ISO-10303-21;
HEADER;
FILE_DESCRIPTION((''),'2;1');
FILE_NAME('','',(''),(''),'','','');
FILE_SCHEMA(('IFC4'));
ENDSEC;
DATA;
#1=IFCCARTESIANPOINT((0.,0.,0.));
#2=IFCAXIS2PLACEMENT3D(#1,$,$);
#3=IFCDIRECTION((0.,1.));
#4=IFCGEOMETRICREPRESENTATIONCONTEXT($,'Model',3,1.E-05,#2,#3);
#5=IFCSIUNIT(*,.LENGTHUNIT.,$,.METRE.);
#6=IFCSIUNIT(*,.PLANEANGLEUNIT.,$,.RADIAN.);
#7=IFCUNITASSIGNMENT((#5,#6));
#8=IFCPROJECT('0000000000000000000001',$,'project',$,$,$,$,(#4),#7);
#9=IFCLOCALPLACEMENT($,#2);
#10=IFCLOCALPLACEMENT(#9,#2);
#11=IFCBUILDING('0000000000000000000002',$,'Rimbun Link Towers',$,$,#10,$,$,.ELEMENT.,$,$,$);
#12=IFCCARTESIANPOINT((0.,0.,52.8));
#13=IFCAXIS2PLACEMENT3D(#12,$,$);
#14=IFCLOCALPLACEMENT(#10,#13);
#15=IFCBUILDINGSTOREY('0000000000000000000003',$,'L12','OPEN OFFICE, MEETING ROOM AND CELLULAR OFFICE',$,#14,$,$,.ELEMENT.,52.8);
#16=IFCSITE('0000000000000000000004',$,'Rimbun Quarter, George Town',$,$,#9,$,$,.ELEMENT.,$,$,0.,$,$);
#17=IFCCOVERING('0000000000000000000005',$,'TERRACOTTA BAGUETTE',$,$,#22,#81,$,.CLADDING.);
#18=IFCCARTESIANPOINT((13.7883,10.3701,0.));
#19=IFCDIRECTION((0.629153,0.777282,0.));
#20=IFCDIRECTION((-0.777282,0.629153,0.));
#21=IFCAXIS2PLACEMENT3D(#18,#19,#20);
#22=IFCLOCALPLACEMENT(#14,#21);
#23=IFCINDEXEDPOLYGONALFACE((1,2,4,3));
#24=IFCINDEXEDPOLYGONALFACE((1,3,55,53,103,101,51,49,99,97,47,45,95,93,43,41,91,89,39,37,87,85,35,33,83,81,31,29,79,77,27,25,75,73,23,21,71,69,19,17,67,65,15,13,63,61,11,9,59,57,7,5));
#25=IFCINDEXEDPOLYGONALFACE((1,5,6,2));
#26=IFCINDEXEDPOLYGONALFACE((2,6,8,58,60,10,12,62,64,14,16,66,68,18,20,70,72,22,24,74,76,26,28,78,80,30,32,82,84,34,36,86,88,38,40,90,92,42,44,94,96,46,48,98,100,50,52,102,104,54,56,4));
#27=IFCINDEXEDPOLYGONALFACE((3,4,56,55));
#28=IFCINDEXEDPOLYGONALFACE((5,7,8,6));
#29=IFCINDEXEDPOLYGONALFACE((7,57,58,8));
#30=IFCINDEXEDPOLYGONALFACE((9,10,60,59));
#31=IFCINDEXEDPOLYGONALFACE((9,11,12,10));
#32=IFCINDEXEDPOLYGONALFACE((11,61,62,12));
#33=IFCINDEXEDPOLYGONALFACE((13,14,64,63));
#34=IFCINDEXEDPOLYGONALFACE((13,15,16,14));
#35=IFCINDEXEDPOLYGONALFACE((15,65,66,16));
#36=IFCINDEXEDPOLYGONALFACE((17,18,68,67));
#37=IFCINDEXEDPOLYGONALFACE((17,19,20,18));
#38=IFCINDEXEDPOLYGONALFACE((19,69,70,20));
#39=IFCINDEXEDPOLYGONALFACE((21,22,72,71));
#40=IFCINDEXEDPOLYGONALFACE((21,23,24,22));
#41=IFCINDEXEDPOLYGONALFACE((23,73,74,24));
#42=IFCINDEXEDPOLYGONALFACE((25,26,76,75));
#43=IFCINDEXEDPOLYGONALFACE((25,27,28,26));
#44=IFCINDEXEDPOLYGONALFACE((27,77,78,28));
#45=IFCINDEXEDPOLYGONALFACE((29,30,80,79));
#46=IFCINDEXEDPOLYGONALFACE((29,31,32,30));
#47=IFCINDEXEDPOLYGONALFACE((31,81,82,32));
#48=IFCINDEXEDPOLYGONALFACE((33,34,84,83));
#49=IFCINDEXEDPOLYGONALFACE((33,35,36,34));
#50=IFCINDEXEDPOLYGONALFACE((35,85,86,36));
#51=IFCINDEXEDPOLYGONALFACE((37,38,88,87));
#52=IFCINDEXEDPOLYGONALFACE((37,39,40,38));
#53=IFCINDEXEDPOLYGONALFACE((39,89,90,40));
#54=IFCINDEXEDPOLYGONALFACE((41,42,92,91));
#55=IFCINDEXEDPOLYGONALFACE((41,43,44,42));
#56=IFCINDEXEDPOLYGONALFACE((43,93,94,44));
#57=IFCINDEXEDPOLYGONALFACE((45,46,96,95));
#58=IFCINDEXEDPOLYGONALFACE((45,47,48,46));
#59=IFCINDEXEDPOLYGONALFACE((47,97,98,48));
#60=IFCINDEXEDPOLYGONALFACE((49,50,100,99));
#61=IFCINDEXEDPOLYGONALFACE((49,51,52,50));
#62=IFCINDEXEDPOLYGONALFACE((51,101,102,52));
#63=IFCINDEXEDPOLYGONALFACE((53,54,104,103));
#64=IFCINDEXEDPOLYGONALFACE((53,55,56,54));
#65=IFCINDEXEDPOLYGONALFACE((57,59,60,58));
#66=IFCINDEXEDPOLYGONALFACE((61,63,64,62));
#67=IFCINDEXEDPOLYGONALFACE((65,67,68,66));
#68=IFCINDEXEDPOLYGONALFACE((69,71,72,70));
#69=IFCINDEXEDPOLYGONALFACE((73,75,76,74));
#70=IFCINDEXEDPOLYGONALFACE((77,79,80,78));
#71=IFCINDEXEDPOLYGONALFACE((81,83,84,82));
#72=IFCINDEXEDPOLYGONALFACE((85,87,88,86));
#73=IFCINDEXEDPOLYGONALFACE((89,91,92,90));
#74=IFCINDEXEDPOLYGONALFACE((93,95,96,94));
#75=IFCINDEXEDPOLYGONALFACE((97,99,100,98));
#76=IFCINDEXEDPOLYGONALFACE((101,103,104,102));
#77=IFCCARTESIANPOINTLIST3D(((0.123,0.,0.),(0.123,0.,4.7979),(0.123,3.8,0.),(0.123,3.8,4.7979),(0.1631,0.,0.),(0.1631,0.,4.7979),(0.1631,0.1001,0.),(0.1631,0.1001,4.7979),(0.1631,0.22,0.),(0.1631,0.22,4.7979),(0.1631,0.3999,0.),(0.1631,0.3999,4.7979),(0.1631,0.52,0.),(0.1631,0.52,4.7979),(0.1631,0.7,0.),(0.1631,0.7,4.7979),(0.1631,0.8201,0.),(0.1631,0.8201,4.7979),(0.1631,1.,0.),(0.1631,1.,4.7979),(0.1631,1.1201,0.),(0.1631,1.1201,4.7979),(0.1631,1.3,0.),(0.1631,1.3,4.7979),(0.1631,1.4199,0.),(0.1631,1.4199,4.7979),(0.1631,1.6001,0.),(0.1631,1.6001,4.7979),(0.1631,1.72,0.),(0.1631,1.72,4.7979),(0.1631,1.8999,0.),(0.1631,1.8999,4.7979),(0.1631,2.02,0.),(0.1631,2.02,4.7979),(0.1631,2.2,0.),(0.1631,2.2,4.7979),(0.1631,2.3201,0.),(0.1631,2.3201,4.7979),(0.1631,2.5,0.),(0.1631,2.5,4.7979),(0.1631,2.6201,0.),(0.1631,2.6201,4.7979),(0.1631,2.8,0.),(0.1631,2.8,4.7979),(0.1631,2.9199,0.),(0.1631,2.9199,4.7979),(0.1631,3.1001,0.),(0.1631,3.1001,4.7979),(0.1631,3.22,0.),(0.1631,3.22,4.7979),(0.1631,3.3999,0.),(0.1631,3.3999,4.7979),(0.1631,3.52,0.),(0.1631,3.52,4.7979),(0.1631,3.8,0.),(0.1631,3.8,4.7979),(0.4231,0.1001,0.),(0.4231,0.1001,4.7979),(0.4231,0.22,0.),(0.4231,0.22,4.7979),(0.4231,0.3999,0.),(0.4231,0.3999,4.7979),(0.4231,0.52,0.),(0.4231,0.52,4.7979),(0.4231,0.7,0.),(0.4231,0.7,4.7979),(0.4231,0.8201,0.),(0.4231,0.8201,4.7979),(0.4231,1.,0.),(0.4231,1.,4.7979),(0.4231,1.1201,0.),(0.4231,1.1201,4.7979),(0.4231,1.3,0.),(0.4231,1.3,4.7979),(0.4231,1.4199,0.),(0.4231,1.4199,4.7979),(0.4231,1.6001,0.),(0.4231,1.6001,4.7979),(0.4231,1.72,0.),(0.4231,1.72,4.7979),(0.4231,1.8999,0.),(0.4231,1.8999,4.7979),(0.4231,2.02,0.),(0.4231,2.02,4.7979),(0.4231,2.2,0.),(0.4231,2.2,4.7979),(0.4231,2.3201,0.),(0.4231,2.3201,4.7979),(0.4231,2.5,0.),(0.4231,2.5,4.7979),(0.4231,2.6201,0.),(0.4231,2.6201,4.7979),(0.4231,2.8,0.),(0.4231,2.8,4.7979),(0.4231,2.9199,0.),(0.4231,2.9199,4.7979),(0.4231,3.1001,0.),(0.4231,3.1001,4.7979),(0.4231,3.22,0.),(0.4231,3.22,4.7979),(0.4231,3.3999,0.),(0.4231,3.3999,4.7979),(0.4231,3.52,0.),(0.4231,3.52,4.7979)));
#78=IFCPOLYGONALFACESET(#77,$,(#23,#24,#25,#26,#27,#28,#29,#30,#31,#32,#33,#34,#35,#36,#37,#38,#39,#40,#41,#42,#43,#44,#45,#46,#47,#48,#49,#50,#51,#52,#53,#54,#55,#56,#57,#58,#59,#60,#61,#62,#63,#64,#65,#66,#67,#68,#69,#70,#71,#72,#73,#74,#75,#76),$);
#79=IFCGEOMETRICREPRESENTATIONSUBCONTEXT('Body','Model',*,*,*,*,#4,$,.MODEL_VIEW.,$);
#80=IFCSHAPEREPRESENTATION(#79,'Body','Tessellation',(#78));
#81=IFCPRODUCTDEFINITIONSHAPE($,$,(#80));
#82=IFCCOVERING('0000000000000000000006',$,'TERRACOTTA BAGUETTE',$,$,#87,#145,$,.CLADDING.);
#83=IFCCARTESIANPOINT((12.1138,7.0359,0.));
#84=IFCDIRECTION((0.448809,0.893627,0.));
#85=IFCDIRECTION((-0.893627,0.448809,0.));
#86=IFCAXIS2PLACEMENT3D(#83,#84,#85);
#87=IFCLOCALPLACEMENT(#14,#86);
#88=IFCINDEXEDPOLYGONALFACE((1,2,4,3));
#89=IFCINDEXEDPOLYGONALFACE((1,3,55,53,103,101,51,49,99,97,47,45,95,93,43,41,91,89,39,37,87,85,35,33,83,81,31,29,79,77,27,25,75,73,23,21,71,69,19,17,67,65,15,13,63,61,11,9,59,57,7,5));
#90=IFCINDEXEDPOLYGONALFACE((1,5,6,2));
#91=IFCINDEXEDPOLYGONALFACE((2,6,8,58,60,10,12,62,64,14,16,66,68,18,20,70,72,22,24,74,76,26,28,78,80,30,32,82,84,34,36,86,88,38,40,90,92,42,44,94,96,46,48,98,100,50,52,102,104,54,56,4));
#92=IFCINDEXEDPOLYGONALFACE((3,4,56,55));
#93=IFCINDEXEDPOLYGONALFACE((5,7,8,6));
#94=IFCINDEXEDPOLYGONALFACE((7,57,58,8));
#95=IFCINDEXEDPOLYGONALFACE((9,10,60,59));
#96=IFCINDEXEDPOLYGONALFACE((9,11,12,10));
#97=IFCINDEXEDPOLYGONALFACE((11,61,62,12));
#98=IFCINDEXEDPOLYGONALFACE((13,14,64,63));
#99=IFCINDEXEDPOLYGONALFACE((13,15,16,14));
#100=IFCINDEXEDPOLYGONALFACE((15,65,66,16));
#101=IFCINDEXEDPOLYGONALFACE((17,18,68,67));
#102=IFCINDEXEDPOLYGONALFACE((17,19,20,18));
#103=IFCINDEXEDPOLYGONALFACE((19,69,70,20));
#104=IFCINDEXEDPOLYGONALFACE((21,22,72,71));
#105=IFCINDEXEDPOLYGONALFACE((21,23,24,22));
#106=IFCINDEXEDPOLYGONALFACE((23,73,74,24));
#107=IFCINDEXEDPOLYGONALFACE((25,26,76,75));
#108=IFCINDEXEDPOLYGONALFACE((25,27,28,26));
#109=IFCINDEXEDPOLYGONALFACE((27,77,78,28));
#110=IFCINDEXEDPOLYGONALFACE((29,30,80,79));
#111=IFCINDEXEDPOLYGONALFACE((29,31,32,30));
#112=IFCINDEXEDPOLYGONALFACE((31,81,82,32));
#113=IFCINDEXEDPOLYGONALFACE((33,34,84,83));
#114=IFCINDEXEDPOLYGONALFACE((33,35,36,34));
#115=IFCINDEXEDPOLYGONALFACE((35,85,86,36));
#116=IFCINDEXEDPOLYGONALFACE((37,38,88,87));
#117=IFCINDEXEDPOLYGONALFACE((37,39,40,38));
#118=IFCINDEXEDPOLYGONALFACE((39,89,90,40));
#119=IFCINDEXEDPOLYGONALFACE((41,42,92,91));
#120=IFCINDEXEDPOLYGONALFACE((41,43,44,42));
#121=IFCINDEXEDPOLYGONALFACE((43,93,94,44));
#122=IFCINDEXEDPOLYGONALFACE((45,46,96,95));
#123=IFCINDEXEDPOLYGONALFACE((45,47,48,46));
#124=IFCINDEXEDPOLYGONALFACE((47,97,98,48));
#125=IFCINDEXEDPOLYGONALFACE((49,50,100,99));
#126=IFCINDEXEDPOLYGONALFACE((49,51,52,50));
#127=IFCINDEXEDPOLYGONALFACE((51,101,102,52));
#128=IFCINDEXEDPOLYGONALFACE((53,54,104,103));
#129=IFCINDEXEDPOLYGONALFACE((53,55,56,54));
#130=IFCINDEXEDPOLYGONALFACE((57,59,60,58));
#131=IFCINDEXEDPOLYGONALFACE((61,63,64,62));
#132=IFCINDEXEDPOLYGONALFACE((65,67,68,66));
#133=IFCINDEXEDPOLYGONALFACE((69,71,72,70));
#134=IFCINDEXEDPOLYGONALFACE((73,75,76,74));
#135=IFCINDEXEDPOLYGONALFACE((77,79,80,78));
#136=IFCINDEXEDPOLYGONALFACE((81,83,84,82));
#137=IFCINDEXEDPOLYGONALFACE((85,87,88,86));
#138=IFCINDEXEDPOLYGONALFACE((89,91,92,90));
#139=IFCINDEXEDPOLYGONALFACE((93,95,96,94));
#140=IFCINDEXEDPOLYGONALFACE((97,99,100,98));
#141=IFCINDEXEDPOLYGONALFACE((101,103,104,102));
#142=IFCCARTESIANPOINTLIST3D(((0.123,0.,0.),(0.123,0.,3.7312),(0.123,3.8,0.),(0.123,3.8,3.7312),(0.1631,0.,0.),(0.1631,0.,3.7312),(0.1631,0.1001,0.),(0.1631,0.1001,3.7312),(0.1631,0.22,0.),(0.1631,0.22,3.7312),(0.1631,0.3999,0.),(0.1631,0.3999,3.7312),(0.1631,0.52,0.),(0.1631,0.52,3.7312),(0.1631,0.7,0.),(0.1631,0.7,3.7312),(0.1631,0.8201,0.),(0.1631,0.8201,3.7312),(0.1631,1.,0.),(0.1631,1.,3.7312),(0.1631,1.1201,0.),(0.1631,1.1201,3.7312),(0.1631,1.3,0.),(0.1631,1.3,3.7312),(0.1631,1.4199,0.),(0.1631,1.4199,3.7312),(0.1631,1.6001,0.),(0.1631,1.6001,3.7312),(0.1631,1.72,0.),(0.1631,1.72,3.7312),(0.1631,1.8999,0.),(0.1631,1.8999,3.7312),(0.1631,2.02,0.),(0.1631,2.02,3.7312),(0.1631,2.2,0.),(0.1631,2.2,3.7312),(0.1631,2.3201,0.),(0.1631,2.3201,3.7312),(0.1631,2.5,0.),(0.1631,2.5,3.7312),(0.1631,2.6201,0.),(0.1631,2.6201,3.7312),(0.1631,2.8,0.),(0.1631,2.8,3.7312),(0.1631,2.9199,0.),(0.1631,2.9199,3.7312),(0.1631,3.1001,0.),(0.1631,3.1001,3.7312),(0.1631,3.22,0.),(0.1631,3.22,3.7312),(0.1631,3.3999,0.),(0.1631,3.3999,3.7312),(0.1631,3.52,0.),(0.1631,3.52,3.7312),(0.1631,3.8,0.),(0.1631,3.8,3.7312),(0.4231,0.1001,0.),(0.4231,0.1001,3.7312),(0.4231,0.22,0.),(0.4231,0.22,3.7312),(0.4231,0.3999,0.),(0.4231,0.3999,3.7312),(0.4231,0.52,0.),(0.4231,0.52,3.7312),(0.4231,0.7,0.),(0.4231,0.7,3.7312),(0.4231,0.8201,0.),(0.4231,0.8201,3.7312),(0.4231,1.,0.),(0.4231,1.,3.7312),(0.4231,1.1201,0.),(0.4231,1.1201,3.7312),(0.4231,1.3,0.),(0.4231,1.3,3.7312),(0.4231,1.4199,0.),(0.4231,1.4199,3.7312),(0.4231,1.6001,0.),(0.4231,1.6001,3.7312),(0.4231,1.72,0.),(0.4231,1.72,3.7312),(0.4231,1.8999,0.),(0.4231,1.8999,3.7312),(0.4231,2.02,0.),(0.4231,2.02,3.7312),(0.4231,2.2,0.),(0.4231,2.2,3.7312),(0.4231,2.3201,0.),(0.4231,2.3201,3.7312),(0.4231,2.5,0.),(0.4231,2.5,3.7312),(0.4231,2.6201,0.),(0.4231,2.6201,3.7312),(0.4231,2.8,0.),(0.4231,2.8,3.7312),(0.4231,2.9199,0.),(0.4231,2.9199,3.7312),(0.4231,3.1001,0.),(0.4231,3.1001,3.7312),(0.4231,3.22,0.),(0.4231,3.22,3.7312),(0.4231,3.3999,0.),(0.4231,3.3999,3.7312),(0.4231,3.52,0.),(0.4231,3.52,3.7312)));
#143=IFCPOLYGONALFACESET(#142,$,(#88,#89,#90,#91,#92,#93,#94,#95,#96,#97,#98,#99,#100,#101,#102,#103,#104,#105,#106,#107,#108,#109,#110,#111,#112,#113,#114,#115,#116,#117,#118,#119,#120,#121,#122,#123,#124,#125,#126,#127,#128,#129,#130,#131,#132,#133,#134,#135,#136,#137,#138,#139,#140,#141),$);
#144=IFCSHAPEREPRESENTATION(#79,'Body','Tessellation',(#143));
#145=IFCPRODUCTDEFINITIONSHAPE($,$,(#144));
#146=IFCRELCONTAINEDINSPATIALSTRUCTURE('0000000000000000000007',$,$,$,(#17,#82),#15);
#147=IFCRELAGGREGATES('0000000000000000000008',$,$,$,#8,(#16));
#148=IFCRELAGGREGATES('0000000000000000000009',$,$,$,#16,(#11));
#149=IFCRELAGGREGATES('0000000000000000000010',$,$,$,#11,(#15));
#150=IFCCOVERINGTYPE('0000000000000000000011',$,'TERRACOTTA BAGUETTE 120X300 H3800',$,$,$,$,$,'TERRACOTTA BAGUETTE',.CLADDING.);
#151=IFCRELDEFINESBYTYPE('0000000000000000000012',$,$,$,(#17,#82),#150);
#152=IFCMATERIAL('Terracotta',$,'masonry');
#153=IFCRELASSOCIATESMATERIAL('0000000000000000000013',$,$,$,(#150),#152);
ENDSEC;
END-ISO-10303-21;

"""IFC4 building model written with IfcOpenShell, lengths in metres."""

from ifc_helpers import new_model, si_unit, direction, frame, origin, place, context, subcontext, project, spatial, polyline, outline, extrude, material, material_profile, profile_set, type_object, element, save


model = new_model("IFC4")

# Units and contexts
model_context = context("Model", 3, precision=1e-05, world=origin(), true_north=direction((0.0, 1.0)))
body_context = subcontext(model_context, "Body", "Model", "MODEL_VIEW")
ifc_project = project(units=[si_unit("LENGTHUNIT", "METRE"), si_unit("PLANEANGLEUNIT", "RADIAN")], contexts=[model_context])

# Site, building, storey
site_placement = place(None, origin())
site = spatial("IfcSite", under=ifc_project, at=site_placement, Name="Rimbun Quarter, George Town", CompositionType="ELEMENT", RefElevation=0.0)
building_placement = place(site_placement, origin())
building = spatial("IfcBuilding", under=site, at=building_placement, Name="Rimbun Link Towers", CompositionType="ELEMENT")
storey_placement = place(building_placement, frame((0.0, 0.0, 52.8)))
storey = spatial("IfcBuildingStorey", under=building, at=storey_placement, Name="L12", Description="OPEN OFFICE, MEETING ROOM AND CELLULAR OFFICE", CompositionType="ELEMENT", Elevation=52.8)

# Coverings
ifc_material_1 = material(Name="Terracotta", Category="masonry")
ifc_material_profile_1 = material_profile(ifc_material_1, outline(polyline([(0.123, 0.0), (0.1631, 0.0), (0.1631, 0.1001), (0.4231, 0.1001), (0.4231, 0.22), (0.1631, 0.22), (0.1631, 0.3999), (0.4231, 0.3999), (0.4231, 0.52), (0.1631, 0.52), (0.1631, 0.7), (0.4231, 0.7), (0.4231, 0.8201), (0.1631, 0.8201), (0.1631, 1.0), (0.4231, 1.0), (0.4231, 1.1201), (0.1631, 1.1201), (0.1631, 1.3), (0.4231, 1.3), (0.4231, 1.4199), (0.1631, 1.4199), (0.1631, 1.6001), (0.4231, 1.6001), (0.4231, 1.72), (0.1631, 1.72), (0.1631, 1.8999), (0.4231, 1.8999), (0.4231, 2.02), (0.1631, 2.02), (0.1631, 2.2), (0.4231, 2.2), (0.4231, 2.3201), (0.1631, 2.3201), (0.1631, 2.5), (0.4231, 2.5), (0.4231, 2.6201), (0.1631, 2.6201), (0.1631, 2.8), (0.4231, 2.8), (0.4231, 2.9199), (0.1631, 2.9199), (0.1631, 3.1001), (0.4231, 3.1001), (0.4231, 3.22), (0.1631, 3.22), (0.1631, 3.3999), (0.4231, 3.3999), (0.4231, 3.52), (0.1631, 3.52), (0.1631, 3.8), (0.123, 3.8), (0.123, 0.0)])), Name="BAGUETTE 120X300")
ifc_profile_set_1 = profile_set([ifc_material_profile_1], Name="Terracotta")
covering_type_1 = type_object("IfcCoveringType", Name="TERRACOTTA BAGUETTE 120X300 H3800", ElementType="TERRACOTTA BAGUETTE", PredefinedType="CLADDING", material=ifc_profile_set_1)
covering_1_placement = place(storey_placement, frame((13.7883, 10.3701, 0.0), z_axis=(0.629153, 0.777282, 0.0), x_axis=(-0.777282, 0.629153, 0.0)))
element("IfcCovering", 1, at=covering_1_placement, inside=storey, type_object=covering_type_1, Name="TERRACOTTA BAGUETTE", PredefinedType="CLADDING", context=body_context, shape_type="SweptSolid", body=[
    extrude(outline(polyline([(0.123, 0.0), (0.1631, 0.0), (0.1631, 0.1001), (0.4231, 0.1001), (0.4231, 0.22), (0.1631, 0.22), (0.1631, 0.3999), (0.4231, 0.3999), (0.4231, 0.52), (0.1631, 0.52), (0.1631, 0.7), (0.4231, 0.7), (0.4231, 0.8201), (0.1631, 0.8201), (0.1631, 1.0), (0.4231, 1.0), (0.4231, 1.1201), (0.1631, 1.1201), (0.1631, 1.3), (0.4231, 1.3), (0.4231, 1.4199), (0.1631, 1.4199), (0.1631, 1.6001), (0.4231, 1.6001), (0.4231, 1.72), (0.1631, 1.72), (0.1631, 1.8999), (0.4231, 1.8999), (0.4231, 2.02), (0.1631, 2.02), (0.1631, 2.2), (0.4231, 2.2), (0.4231, 2.3201), (0.1631, 2.3201), (0.1631, 2.5), (0.4231, 2.5), (0.4231, 2.6201), (0.1631, 2.6201), (0.1631, 2.8), (0.4231, 2.8), (0.4231, 2.9199), (0.1631, 2.9199), (0.1631, 3.1001), (0.4231, 3.1001), (0.4231, 3.22), (0.1631, 3.22), (0.1631, 3.3999), (0.4231, 3.3999), (0.4231, 3.52), (0.1631, 3.52), (0.1631, 3.8), (0.123, 3.8), (0.123, 0.0)])), origin(), (0.0, 0.0, 1.0), 4.7979),
])
covering_2_placement = place(storey_placement, frame((12.1138, 7.0359, 0.0), z_axis=(0.448809, 0.893627, 0.0), x_axis=(-0.893627, 0.448809, 0.0)))
element("IfcCovering", 2, at=covering_2_placement, inside=storey, type_object=covering_type_1, Name="TERRACOTTA BAGUETTE", PredefinedType="CLADDING", context=body_context, shape_type="SweptSolid", body=[
    extrude(outline(polyline([(0.123, 0.0), (0.1631, 0.0), (0.1631, 0.1001), (0.4231, 0.1001), (0.4231, 0.22), (0.1631, 0.22), (0.1631, 0.3999), (0.4231, 0.3999), (0.4231, 0.52), (0.1631, 0.52), (0.1631, 0.7), (0.4231, 0.7), (0.4231, 0.8201), (0.1631, 0.8201), (0.1631, 1.0), (0.4231, 1.0), (0.4231, 1.1201), (0.1631, 1.1201), (0.1631, 1.3), (0.4231, 1.3), (0.4231, 1.4199), (0.1631, 1.4199), (0.1631, 1.6001), (0.4231, 1.6001), (0.4231, 1.72), (0.1631, 1.72), (0.1631, 1.8999), (0.4231, 1.8999), (0.4231, 2.02), (0.1631, 2.02), (0.1631, 2.2), (0.4231, 2.2), (0.4231, 2.3201), (0.1631, 2.3201), (0.1631, 2.5), (0.4231, 2.5), (0.4231, 2.6201), (0.1631, 2.6201), (0.1631, 2.8), (0.4231, 2.8), (0.4231, 2.9199), (0.1631, 2.9199), (0.1631, 3.1001), (0.4231, 3.1001), (0.4231, 3.22), (0.1631, 3.22), (0.1631, 3.3999), (0.4231, 3.3999), (0.4231, 3.52), (0.1631, 3.52), (0.1631, 3.8), (0.123, 3.8), (0.123, 0.0)])), origin(), (0.0, 0.0, 1.0), 3.7312),
])

save(model, "model.ifc")
